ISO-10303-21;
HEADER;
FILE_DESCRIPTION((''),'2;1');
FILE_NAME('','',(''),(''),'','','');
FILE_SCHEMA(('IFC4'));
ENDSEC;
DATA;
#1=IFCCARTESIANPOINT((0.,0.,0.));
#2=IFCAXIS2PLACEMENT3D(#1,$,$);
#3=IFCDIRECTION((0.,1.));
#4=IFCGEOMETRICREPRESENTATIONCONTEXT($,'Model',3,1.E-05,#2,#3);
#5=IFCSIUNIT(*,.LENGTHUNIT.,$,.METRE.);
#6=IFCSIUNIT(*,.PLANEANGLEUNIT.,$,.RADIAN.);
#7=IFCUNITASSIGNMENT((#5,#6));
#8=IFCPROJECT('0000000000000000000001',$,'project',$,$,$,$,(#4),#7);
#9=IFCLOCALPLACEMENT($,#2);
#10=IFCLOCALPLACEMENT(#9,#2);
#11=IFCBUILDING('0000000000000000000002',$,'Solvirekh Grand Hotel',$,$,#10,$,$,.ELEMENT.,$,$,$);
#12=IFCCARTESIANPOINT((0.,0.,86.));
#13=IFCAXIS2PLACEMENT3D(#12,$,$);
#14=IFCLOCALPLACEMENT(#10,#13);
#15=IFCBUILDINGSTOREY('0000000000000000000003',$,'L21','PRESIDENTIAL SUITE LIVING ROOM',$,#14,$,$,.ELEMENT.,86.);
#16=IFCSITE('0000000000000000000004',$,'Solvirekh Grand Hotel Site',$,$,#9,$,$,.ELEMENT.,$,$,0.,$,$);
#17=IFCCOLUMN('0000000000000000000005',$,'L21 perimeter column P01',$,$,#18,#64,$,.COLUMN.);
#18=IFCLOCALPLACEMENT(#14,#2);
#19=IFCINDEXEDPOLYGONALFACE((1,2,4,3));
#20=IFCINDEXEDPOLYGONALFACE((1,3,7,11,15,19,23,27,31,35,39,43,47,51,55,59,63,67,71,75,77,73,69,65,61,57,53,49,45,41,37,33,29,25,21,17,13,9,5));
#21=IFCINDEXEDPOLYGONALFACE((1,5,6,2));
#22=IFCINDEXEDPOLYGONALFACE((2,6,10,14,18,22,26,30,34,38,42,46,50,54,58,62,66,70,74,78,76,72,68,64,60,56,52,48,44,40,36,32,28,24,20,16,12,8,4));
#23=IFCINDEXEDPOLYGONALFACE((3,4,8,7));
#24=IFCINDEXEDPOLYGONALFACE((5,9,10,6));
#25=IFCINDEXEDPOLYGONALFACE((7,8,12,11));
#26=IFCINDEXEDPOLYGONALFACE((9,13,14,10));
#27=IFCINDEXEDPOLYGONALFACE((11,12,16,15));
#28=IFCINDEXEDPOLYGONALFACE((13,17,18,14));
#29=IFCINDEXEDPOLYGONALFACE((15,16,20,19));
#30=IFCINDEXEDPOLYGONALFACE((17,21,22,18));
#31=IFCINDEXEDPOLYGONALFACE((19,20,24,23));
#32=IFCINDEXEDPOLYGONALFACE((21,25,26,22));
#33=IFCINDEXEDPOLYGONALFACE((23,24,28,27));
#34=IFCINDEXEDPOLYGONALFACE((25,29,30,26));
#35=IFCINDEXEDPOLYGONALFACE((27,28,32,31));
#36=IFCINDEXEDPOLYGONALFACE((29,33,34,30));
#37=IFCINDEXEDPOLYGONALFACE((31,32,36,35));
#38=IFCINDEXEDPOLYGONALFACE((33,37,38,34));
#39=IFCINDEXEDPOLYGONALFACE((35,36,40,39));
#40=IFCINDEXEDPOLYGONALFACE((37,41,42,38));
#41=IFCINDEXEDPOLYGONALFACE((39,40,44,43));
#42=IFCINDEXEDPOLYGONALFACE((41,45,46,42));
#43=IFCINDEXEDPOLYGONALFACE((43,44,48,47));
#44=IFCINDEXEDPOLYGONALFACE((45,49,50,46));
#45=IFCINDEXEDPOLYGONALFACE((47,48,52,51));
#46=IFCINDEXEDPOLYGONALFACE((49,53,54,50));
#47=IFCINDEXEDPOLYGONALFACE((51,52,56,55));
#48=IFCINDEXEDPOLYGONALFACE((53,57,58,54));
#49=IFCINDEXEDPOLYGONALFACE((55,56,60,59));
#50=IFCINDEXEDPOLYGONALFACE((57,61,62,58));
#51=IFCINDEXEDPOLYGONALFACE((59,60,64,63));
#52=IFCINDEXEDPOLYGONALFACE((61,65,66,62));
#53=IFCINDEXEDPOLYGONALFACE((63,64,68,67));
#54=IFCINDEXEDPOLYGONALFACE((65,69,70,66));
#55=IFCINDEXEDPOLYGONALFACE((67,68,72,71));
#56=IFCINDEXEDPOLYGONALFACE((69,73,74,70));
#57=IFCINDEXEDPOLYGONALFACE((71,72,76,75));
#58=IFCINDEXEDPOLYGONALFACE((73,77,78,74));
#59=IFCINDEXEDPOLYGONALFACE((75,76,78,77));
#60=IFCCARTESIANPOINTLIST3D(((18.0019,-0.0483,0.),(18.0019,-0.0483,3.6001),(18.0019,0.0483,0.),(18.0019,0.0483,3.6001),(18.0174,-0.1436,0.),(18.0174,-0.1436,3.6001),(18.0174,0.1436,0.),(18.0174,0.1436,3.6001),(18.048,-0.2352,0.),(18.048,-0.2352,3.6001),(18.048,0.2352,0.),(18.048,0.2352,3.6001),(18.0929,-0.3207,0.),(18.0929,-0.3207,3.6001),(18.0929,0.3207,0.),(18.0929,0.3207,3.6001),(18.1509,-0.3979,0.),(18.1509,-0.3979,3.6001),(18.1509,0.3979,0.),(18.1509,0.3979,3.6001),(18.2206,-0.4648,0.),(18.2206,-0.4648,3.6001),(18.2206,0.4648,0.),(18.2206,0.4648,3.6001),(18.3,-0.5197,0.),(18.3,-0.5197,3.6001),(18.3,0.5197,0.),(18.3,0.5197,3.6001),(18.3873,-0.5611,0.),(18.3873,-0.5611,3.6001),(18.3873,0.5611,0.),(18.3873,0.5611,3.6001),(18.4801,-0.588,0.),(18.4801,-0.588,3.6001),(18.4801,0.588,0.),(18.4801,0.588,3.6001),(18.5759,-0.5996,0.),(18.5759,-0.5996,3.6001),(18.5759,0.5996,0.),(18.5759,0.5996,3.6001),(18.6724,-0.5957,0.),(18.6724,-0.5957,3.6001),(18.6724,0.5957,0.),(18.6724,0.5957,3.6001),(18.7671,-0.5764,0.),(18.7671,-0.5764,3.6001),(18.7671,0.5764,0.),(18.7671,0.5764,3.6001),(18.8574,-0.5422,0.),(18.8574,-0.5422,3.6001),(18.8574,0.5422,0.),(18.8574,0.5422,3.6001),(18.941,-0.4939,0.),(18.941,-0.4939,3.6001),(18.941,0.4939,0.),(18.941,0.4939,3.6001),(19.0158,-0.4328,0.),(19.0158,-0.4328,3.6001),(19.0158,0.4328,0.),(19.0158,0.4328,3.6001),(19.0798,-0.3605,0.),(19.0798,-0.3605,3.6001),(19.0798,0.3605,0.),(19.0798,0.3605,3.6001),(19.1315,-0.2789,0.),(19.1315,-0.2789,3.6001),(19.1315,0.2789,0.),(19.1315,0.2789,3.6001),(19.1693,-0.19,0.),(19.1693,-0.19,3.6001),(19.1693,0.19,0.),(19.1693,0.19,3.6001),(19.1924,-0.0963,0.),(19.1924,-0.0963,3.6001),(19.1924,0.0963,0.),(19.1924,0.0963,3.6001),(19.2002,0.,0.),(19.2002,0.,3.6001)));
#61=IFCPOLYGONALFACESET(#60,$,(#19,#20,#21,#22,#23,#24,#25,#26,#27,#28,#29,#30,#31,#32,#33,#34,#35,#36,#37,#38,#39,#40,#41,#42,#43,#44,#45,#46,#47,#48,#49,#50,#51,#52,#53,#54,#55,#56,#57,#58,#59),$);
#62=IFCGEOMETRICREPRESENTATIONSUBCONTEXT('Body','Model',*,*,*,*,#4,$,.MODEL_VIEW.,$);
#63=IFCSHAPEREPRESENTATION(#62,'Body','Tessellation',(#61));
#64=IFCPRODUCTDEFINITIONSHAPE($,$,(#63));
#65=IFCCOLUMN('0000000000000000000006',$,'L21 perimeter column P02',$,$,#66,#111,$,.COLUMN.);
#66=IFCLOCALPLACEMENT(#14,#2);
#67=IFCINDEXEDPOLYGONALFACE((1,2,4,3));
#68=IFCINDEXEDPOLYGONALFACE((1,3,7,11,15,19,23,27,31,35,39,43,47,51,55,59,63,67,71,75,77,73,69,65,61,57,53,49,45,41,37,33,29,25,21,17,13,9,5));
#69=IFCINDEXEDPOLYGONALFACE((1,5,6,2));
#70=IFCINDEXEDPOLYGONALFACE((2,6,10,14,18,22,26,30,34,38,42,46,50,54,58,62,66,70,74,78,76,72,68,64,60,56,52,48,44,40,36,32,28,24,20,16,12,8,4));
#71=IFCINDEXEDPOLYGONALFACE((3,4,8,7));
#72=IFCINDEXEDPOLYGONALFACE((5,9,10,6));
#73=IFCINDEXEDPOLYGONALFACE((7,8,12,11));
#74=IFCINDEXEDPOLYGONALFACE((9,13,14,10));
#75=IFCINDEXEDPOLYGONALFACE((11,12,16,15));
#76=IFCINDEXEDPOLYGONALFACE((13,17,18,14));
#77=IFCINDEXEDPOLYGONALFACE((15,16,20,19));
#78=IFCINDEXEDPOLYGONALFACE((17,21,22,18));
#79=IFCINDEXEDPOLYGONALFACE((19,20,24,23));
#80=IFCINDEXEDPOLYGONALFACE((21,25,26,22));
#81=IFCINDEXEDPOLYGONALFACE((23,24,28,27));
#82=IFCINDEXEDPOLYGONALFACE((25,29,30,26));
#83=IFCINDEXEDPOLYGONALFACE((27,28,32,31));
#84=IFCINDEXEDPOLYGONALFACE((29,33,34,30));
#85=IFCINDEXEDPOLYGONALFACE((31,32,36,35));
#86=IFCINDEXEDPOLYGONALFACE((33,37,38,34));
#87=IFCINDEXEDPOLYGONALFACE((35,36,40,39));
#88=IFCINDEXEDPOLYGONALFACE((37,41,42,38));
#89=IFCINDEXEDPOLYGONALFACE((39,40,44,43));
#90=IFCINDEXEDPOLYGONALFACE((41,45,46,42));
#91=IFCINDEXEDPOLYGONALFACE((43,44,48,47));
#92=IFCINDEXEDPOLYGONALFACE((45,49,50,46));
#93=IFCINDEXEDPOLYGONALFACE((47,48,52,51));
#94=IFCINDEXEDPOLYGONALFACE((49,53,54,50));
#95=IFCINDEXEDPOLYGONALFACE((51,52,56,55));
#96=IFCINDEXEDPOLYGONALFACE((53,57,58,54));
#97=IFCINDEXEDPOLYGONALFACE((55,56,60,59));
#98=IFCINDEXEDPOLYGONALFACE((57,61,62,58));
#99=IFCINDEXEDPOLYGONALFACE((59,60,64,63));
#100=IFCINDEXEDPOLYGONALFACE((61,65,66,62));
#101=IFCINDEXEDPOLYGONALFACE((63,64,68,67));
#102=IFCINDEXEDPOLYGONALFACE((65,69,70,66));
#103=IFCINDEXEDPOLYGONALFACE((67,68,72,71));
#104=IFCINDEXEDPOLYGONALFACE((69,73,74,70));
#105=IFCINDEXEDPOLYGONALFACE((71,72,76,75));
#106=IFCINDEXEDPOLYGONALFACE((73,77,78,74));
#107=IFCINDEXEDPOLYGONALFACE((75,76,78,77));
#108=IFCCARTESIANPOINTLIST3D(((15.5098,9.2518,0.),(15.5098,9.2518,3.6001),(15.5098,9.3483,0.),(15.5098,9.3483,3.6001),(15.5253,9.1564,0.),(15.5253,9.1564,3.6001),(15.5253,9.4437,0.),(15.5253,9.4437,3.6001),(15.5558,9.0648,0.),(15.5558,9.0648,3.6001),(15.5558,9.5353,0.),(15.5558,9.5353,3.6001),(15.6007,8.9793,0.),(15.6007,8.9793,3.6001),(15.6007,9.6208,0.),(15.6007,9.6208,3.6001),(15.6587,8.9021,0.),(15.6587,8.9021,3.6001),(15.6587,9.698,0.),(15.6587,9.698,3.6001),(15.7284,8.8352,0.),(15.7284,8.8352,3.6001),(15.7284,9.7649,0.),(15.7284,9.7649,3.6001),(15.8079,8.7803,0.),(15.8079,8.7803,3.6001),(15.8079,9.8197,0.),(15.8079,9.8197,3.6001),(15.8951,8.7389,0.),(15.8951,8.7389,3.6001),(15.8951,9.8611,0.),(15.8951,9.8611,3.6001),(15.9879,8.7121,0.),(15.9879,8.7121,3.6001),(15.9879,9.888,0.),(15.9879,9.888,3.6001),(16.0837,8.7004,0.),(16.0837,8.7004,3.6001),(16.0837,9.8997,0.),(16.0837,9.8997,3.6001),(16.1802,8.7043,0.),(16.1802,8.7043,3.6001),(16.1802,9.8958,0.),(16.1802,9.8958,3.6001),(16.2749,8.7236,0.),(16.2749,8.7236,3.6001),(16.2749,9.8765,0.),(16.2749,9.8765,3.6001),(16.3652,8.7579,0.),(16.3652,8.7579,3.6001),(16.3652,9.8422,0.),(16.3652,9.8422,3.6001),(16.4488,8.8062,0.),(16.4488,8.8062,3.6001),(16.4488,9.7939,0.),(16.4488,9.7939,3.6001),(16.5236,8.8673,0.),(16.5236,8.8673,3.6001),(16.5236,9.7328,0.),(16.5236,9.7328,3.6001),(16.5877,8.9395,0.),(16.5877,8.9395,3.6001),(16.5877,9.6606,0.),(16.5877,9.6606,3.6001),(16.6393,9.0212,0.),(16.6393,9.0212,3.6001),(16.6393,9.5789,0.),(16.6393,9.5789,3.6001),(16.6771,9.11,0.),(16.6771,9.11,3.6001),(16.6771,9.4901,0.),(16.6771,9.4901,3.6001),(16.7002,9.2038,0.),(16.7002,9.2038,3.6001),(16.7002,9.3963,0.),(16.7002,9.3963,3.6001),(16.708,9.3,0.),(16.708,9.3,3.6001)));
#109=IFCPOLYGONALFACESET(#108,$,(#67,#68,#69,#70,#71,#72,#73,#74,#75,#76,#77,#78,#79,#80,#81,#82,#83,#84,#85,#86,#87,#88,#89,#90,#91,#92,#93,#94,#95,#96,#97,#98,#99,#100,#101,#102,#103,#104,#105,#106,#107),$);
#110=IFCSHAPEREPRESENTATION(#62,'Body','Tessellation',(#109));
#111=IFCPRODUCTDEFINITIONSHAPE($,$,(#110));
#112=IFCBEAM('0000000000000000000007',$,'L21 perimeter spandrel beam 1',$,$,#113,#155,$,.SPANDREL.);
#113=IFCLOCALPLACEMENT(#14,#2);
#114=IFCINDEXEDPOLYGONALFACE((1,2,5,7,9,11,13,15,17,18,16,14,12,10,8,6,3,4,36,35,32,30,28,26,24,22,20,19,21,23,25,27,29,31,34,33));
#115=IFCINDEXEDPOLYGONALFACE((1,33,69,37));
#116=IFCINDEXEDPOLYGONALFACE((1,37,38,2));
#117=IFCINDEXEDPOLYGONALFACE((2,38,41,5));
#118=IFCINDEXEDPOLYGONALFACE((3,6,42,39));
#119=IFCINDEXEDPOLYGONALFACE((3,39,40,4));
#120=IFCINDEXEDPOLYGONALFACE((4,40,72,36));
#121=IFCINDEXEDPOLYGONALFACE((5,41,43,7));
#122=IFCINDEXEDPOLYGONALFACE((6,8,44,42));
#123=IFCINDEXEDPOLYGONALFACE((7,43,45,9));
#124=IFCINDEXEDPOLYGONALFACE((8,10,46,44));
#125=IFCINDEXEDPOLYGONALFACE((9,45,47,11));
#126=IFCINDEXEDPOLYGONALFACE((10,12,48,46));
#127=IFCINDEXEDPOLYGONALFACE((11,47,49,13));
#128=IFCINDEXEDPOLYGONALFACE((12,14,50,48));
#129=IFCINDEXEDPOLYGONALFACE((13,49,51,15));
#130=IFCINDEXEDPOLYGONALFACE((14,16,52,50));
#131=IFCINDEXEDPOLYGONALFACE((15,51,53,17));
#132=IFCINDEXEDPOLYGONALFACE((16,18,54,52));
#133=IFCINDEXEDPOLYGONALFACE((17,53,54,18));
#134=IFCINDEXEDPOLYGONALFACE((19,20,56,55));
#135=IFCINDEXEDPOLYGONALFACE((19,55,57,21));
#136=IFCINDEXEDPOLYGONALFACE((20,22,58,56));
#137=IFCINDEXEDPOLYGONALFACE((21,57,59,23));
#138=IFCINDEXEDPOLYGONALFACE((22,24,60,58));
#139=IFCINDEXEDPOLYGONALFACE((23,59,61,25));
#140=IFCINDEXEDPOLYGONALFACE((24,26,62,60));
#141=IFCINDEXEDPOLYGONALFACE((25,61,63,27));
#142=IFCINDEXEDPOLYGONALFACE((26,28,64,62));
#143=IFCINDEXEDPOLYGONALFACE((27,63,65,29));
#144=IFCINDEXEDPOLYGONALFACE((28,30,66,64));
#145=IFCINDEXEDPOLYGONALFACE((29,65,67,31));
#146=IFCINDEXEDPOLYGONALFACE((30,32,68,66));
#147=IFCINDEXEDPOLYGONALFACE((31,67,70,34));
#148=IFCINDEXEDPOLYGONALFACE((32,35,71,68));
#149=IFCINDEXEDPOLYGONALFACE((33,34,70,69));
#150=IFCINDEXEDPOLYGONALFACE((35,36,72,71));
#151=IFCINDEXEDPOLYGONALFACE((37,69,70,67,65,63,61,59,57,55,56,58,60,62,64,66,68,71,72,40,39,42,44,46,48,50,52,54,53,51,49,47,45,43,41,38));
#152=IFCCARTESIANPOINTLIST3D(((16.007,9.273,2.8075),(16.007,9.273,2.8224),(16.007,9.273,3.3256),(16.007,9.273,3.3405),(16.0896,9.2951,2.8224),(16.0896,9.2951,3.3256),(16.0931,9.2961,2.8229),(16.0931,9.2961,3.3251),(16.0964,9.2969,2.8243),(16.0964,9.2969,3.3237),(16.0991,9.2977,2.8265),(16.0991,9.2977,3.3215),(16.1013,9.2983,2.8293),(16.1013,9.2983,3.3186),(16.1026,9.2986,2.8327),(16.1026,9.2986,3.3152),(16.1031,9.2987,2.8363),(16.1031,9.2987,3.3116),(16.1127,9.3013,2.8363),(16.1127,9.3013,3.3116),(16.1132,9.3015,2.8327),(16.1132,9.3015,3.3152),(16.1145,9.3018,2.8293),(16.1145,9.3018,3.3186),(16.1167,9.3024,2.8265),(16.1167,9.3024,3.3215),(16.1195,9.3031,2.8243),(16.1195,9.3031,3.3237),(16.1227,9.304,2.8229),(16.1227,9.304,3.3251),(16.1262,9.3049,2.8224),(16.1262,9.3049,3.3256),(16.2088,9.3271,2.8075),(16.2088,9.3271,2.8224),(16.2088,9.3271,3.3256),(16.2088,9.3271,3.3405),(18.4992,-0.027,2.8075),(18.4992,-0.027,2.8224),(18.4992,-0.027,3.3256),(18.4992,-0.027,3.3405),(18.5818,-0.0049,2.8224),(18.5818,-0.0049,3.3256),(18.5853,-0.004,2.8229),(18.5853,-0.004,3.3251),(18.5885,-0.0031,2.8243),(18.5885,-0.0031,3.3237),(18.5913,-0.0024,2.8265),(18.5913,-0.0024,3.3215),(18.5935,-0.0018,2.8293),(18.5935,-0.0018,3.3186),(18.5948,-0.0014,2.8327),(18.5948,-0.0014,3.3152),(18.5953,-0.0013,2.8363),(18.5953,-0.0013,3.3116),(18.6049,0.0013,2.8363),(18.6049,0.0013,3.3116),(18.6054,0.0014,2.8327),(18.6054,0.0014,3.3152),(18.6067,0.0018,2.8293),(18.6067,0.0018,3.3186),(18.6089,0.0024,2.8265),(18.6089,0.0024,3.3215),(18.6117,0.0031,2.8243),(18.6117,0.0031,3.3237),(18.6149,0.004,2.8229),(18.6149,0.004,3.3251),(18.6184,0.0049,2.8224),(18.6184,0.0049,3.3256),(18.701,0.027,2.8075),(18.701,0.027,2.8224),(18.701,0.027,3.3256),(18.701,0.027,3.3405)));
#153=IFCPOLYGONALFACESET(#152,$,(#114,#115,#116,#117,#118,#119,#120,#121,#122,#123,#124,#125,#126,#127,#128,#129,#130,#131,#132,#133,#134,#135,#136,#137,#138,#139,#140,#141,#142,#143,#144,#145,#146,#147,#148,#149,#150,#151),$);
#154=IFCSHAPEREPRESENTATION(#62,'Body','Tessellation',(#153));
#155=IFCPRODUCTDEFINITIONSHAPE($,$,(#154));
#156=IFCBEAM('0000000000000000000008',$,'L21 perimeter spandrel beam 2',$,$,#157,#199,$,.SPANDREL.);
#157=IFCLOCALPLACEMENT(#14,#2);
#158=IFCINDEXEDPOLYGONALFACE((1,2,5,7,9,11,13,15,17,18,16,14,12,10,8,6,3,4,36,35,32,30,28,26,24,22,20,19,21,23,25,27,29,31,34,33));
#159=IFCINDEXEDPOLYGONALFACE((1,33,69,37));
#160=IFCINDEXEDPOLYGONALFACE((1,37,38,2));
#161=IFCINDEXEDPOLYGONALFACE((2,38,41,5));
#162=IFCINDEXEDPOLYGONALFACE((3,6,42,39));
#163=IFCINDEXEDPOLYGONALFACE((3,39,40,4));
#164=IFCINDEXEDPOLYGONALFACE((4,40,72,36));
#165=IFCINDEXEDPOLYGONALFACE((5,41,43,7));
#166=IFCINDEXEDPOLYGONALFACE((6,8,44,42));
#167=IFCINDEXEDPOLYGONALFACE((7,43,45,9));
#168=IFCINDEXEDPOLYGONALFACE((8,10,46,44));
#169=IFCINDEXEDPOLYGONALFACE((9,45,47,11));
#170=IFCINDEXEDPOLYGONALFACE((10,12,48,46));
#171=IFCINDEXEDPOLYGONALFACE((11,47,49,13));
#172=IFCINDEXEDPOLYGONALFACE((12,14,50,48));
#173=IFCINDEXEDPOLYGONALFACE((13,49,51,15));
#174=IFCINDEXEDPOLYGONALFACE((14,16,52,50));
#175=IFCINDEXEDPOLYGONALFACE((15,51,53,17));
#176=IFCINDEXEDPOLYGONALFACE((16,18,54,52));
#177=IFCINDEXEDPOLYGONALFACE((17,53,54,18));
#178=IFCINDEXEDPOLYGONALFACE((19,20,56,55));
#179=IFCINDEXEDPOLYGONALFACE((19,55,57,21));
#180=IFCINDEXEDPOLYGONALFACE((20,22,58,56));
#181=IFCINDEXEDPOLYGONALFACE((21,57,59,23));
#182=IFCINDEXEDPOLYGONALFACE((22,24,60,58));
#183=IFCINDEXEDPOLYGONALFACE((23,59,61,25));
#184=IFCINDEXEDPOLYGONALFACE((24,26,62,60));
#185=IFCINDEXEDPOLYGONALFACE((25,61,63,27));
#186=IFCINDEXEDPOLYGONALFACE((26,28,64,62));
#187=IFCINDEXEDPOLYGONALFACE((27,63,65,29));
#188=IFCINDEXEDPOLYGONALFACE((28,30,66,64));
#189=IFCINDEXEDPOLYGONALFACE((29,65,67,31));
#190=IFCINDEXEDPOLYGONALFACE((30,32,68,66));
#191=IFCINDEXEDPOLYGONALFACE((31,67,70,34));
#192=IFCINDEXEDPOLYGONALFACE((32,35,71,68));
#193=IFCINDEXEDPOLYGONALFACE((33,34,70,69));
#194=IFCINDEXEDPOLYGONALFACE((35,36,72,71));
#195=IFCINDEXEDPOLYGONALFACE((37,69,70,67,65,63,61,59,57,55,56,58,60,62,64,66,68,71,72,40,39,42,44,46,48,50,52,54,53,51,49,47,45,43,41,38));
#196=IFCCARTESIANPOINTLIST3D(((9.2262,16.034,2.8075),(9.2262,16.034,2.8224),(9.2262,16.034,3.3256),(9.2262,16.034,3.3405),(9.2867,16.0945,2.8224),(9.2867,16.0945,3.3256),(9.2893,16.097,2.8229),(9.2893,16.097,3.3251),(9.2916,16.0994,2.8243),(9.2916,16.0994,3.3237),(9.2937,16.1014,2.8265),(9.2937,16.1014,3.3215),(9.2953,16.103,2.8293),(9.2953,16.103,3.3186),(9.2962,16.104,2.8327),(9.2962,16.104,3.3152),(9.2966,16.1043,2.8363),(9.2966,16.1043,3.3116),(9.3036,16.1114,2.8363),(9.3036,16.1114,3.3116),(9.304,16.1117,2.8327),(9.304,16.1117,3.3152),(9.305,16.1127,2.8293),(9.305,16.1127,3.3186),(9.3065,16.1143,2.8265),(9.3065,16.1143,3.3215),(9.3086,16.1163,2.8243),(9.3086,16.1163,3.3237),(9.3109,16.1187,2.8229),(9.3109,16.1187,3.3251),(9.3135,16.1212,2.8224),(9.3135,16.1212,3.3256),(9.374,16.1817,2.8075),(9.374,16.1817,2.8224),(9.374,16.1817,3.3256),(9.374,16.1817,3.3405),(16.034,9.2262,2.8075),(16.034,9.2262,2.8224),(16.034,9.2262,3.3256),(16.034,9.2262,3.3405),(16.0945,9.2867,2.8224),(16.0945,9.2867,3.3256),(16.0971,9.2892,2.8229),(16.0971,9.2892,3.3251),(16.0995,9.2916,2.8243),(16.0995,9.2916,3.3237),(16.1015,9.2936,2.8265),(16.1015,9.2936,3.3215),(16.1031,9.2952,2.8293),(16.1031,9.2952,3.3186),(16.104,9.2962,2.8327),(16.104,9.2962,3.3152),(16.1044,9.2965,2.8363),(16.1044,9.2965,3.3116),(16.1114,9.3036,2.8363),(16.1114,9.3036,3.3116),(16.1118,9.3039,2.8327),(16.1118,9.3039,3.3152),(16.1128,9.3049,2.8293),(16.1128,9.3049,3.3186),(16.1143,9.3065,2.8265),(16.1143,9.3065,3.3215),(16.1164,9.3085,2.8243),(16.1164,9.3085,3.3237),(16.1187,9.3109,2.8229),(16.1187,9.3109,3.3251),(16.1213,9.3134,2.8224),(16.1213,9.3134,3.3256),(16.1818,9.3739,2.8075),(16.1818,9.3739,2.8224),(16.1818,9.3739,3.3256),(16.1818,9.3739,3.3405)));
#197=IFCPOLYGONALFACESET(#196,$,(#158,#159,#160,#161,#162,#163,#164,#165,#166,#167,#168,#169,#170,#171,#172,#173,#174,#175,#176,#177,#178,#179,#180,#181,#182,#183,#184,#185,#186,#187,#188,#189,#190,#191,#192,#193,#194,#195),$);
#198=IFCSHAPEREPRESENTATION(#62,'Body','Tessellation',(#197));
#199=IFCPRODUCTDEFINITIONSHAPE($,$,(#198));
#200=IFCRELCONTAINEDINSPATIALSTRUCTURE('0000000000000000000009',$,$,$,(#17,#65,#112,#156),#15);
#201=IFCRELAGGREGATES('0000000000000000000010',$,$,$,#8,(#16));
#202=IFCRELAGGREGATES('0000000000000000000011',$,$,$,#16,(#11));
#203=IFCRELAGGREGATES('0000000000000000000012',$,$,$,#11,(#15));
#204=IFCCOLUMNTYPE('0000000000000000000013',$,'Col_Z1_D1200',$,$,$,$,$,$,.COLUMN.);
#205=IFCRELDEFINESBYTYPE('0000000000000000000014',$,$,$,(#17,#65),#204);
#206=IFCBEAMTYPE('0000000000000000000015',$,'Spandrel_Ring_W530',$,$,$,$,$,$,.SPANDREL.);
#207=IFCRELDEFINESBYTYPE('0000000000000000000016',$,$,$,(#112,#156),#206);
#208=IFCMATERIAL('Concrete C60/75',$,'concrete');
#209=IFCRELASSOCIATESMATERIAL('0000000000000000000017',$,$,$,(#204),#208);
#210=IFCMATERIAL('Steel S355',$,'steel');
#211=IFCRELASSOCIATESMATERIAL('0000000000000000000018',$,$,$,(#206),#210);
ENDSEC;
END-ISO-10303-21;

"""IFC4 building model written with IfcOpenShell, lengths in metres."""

from ifc_helpers import new_model, si_unit, direction, frame, origin, origin_2d, place, context, subcontext, project, spatial, circle, i_section, extrude, material, material_profile, profile_set, type_object, element, save


model = new_model("IFC4")

# Units and contexts
model_context = context("Model", 3, precision=1e-05, world=origin(), true_north=direction((0.0, 1.0)))
body_context = subcontext(model_context, "Body", "Model", "MODEL_VIEW")
ifc_project = project(units=[si_unit("LENGTHUNIT", "METRE"), si_unit("PLANEANGLEUNIT", "RADIAN")], contexts=[model_context])

# Site, building, storey
site_placement = place(None, origin())
site = spatial("IfcSite", under=ifc_project, at=site_placement, Name="Solvirekh Grand Hotel Site", CompositionType="ELEMENT", RefElevation=0.0)
building_placement = place(site_placement, origin())
building = spatial("IfcBuilding", under=site, at=building_placement, Name="Solvirekh Grand Hotel", CompositionType="ELEMENT")
storey_placement = place(building_placement, frame((0.0, 0.0, 86.0)))
storey = spatial("IfcBuildingStorey", under=building, at=storey_placement, Name="L21", Description="PRESIDENTIAL SUITE LIVING ROOM", CompositionType="ELEMENT", Elevation=86.0)

# Columns
ifc_material_1 = material(Name="Concrete C60/75", Category="concrete")
ifc_material_profile_1 = material_profile(ifc_material_1, circle(Radius=0.6001, at=origin_2d()), Name="RC CIRC D1200")
ifc_profile_set_1 = profile_set([ifc_material_profile_1], Name="Concrete C60/75")
column_type = type_object("IfcColumnType", Name="Col_Z1_D1200", PredefinedType="COLUMN", material=ifc_profile_set_1)
for number, where, z_axis, x_axis, name in (
    (1, (18.6001, 0.0, 0.0), (0.0, 0.0, 1.0), (1.0, 0.0, 0.0), "L21 perimeter column P01"),
    (2, (16.1079, 9.3, 0.0), (0.0, 0.0, 1.0), (1.0, 0.0, 0.0), "L21 perimeter column P02"),
):
    element("IfcColumn", number, at=place(storey_placement, frame(where, z_axis=z_axis, x_axis=x_axis)), inside=storey, type_object=column_type, Name=name, PredefinedType="COLUMN", context=body_context, shape_type="SweptSolid", body=[
        extrude(circle(Radius=0.6001, at=origin_2d()), origin(), (0.0, 0.0, 1.0), 3.6001),
    ])

# Beams
ifc_material_2 = material(Name="Steel S355", Category="steel")
ifc_material_profile_2 = material_profile(ifc_material_2, i_section(OverallWidth=0.209, OverallDepth=0.533, WebThickness=0.01, FlangeThickness=0.0149, FilletRadius=0.0139, at=origin_2d()), Name="W530X92")
ifc_profile_set_2 = profile_set([ifc_material_profile_2], Name="Steel S355")
beam_type = type_object("IfcBeamType", Name="Spandrel_Ring_W530", PredefinedType="SPANDREL", material=ifc_profile_set_2)
beam_1_placement = place(storey_placement, frame((18.6001, 0.0, 3.074), z_axis=(-0.258843, 0.965919, 0.0), x_axis=(-0.965919, -0.258843, 0.0)))
element("IfcBeam", 3, at=beam_1_placement, inside=storey, type_object=beam_type, Name="L21 perimeter spandrel beam 1", PredefinedType="SPANDREL", context=body_context, shape_type="SweptSolid", body=[
    extrude(i_section(OverallWidth=0.209, OverallDepth=0.533, WebThickness=0.01, FlangeThickness=0.0149, FilletRadius=0.0139, at=origin_2d()), origin(), (0.0, 0.0, 1.0), 9.6282),
])
beam_2_placement = place(storey_placement, frame((16.1079, 9.3, 3.074), z_axis=(-0.707107, 0.707107, 0.0), x_axis=(-0.707107, -0.707107, 0.0)))
element("IfcBeam", 4, at=beam_2_placement, inside=storey, type_object=beam_type, Name="L21 perimeter spandrel beam 2", PredefinedType="SPANDREL", context=body_context, shape_type="SweptSolid", body=[
    extrude(i_section(OverallWidth=0.209, OverallDepth=0.533, WebThickness=0.01, FlangeThickness=0.0149, FilletRadius=0.0139, at=origin_2d()), origin(), (0.0, 0.0, 1.0), 9.6277),
])

save(model, "model.ifc")
